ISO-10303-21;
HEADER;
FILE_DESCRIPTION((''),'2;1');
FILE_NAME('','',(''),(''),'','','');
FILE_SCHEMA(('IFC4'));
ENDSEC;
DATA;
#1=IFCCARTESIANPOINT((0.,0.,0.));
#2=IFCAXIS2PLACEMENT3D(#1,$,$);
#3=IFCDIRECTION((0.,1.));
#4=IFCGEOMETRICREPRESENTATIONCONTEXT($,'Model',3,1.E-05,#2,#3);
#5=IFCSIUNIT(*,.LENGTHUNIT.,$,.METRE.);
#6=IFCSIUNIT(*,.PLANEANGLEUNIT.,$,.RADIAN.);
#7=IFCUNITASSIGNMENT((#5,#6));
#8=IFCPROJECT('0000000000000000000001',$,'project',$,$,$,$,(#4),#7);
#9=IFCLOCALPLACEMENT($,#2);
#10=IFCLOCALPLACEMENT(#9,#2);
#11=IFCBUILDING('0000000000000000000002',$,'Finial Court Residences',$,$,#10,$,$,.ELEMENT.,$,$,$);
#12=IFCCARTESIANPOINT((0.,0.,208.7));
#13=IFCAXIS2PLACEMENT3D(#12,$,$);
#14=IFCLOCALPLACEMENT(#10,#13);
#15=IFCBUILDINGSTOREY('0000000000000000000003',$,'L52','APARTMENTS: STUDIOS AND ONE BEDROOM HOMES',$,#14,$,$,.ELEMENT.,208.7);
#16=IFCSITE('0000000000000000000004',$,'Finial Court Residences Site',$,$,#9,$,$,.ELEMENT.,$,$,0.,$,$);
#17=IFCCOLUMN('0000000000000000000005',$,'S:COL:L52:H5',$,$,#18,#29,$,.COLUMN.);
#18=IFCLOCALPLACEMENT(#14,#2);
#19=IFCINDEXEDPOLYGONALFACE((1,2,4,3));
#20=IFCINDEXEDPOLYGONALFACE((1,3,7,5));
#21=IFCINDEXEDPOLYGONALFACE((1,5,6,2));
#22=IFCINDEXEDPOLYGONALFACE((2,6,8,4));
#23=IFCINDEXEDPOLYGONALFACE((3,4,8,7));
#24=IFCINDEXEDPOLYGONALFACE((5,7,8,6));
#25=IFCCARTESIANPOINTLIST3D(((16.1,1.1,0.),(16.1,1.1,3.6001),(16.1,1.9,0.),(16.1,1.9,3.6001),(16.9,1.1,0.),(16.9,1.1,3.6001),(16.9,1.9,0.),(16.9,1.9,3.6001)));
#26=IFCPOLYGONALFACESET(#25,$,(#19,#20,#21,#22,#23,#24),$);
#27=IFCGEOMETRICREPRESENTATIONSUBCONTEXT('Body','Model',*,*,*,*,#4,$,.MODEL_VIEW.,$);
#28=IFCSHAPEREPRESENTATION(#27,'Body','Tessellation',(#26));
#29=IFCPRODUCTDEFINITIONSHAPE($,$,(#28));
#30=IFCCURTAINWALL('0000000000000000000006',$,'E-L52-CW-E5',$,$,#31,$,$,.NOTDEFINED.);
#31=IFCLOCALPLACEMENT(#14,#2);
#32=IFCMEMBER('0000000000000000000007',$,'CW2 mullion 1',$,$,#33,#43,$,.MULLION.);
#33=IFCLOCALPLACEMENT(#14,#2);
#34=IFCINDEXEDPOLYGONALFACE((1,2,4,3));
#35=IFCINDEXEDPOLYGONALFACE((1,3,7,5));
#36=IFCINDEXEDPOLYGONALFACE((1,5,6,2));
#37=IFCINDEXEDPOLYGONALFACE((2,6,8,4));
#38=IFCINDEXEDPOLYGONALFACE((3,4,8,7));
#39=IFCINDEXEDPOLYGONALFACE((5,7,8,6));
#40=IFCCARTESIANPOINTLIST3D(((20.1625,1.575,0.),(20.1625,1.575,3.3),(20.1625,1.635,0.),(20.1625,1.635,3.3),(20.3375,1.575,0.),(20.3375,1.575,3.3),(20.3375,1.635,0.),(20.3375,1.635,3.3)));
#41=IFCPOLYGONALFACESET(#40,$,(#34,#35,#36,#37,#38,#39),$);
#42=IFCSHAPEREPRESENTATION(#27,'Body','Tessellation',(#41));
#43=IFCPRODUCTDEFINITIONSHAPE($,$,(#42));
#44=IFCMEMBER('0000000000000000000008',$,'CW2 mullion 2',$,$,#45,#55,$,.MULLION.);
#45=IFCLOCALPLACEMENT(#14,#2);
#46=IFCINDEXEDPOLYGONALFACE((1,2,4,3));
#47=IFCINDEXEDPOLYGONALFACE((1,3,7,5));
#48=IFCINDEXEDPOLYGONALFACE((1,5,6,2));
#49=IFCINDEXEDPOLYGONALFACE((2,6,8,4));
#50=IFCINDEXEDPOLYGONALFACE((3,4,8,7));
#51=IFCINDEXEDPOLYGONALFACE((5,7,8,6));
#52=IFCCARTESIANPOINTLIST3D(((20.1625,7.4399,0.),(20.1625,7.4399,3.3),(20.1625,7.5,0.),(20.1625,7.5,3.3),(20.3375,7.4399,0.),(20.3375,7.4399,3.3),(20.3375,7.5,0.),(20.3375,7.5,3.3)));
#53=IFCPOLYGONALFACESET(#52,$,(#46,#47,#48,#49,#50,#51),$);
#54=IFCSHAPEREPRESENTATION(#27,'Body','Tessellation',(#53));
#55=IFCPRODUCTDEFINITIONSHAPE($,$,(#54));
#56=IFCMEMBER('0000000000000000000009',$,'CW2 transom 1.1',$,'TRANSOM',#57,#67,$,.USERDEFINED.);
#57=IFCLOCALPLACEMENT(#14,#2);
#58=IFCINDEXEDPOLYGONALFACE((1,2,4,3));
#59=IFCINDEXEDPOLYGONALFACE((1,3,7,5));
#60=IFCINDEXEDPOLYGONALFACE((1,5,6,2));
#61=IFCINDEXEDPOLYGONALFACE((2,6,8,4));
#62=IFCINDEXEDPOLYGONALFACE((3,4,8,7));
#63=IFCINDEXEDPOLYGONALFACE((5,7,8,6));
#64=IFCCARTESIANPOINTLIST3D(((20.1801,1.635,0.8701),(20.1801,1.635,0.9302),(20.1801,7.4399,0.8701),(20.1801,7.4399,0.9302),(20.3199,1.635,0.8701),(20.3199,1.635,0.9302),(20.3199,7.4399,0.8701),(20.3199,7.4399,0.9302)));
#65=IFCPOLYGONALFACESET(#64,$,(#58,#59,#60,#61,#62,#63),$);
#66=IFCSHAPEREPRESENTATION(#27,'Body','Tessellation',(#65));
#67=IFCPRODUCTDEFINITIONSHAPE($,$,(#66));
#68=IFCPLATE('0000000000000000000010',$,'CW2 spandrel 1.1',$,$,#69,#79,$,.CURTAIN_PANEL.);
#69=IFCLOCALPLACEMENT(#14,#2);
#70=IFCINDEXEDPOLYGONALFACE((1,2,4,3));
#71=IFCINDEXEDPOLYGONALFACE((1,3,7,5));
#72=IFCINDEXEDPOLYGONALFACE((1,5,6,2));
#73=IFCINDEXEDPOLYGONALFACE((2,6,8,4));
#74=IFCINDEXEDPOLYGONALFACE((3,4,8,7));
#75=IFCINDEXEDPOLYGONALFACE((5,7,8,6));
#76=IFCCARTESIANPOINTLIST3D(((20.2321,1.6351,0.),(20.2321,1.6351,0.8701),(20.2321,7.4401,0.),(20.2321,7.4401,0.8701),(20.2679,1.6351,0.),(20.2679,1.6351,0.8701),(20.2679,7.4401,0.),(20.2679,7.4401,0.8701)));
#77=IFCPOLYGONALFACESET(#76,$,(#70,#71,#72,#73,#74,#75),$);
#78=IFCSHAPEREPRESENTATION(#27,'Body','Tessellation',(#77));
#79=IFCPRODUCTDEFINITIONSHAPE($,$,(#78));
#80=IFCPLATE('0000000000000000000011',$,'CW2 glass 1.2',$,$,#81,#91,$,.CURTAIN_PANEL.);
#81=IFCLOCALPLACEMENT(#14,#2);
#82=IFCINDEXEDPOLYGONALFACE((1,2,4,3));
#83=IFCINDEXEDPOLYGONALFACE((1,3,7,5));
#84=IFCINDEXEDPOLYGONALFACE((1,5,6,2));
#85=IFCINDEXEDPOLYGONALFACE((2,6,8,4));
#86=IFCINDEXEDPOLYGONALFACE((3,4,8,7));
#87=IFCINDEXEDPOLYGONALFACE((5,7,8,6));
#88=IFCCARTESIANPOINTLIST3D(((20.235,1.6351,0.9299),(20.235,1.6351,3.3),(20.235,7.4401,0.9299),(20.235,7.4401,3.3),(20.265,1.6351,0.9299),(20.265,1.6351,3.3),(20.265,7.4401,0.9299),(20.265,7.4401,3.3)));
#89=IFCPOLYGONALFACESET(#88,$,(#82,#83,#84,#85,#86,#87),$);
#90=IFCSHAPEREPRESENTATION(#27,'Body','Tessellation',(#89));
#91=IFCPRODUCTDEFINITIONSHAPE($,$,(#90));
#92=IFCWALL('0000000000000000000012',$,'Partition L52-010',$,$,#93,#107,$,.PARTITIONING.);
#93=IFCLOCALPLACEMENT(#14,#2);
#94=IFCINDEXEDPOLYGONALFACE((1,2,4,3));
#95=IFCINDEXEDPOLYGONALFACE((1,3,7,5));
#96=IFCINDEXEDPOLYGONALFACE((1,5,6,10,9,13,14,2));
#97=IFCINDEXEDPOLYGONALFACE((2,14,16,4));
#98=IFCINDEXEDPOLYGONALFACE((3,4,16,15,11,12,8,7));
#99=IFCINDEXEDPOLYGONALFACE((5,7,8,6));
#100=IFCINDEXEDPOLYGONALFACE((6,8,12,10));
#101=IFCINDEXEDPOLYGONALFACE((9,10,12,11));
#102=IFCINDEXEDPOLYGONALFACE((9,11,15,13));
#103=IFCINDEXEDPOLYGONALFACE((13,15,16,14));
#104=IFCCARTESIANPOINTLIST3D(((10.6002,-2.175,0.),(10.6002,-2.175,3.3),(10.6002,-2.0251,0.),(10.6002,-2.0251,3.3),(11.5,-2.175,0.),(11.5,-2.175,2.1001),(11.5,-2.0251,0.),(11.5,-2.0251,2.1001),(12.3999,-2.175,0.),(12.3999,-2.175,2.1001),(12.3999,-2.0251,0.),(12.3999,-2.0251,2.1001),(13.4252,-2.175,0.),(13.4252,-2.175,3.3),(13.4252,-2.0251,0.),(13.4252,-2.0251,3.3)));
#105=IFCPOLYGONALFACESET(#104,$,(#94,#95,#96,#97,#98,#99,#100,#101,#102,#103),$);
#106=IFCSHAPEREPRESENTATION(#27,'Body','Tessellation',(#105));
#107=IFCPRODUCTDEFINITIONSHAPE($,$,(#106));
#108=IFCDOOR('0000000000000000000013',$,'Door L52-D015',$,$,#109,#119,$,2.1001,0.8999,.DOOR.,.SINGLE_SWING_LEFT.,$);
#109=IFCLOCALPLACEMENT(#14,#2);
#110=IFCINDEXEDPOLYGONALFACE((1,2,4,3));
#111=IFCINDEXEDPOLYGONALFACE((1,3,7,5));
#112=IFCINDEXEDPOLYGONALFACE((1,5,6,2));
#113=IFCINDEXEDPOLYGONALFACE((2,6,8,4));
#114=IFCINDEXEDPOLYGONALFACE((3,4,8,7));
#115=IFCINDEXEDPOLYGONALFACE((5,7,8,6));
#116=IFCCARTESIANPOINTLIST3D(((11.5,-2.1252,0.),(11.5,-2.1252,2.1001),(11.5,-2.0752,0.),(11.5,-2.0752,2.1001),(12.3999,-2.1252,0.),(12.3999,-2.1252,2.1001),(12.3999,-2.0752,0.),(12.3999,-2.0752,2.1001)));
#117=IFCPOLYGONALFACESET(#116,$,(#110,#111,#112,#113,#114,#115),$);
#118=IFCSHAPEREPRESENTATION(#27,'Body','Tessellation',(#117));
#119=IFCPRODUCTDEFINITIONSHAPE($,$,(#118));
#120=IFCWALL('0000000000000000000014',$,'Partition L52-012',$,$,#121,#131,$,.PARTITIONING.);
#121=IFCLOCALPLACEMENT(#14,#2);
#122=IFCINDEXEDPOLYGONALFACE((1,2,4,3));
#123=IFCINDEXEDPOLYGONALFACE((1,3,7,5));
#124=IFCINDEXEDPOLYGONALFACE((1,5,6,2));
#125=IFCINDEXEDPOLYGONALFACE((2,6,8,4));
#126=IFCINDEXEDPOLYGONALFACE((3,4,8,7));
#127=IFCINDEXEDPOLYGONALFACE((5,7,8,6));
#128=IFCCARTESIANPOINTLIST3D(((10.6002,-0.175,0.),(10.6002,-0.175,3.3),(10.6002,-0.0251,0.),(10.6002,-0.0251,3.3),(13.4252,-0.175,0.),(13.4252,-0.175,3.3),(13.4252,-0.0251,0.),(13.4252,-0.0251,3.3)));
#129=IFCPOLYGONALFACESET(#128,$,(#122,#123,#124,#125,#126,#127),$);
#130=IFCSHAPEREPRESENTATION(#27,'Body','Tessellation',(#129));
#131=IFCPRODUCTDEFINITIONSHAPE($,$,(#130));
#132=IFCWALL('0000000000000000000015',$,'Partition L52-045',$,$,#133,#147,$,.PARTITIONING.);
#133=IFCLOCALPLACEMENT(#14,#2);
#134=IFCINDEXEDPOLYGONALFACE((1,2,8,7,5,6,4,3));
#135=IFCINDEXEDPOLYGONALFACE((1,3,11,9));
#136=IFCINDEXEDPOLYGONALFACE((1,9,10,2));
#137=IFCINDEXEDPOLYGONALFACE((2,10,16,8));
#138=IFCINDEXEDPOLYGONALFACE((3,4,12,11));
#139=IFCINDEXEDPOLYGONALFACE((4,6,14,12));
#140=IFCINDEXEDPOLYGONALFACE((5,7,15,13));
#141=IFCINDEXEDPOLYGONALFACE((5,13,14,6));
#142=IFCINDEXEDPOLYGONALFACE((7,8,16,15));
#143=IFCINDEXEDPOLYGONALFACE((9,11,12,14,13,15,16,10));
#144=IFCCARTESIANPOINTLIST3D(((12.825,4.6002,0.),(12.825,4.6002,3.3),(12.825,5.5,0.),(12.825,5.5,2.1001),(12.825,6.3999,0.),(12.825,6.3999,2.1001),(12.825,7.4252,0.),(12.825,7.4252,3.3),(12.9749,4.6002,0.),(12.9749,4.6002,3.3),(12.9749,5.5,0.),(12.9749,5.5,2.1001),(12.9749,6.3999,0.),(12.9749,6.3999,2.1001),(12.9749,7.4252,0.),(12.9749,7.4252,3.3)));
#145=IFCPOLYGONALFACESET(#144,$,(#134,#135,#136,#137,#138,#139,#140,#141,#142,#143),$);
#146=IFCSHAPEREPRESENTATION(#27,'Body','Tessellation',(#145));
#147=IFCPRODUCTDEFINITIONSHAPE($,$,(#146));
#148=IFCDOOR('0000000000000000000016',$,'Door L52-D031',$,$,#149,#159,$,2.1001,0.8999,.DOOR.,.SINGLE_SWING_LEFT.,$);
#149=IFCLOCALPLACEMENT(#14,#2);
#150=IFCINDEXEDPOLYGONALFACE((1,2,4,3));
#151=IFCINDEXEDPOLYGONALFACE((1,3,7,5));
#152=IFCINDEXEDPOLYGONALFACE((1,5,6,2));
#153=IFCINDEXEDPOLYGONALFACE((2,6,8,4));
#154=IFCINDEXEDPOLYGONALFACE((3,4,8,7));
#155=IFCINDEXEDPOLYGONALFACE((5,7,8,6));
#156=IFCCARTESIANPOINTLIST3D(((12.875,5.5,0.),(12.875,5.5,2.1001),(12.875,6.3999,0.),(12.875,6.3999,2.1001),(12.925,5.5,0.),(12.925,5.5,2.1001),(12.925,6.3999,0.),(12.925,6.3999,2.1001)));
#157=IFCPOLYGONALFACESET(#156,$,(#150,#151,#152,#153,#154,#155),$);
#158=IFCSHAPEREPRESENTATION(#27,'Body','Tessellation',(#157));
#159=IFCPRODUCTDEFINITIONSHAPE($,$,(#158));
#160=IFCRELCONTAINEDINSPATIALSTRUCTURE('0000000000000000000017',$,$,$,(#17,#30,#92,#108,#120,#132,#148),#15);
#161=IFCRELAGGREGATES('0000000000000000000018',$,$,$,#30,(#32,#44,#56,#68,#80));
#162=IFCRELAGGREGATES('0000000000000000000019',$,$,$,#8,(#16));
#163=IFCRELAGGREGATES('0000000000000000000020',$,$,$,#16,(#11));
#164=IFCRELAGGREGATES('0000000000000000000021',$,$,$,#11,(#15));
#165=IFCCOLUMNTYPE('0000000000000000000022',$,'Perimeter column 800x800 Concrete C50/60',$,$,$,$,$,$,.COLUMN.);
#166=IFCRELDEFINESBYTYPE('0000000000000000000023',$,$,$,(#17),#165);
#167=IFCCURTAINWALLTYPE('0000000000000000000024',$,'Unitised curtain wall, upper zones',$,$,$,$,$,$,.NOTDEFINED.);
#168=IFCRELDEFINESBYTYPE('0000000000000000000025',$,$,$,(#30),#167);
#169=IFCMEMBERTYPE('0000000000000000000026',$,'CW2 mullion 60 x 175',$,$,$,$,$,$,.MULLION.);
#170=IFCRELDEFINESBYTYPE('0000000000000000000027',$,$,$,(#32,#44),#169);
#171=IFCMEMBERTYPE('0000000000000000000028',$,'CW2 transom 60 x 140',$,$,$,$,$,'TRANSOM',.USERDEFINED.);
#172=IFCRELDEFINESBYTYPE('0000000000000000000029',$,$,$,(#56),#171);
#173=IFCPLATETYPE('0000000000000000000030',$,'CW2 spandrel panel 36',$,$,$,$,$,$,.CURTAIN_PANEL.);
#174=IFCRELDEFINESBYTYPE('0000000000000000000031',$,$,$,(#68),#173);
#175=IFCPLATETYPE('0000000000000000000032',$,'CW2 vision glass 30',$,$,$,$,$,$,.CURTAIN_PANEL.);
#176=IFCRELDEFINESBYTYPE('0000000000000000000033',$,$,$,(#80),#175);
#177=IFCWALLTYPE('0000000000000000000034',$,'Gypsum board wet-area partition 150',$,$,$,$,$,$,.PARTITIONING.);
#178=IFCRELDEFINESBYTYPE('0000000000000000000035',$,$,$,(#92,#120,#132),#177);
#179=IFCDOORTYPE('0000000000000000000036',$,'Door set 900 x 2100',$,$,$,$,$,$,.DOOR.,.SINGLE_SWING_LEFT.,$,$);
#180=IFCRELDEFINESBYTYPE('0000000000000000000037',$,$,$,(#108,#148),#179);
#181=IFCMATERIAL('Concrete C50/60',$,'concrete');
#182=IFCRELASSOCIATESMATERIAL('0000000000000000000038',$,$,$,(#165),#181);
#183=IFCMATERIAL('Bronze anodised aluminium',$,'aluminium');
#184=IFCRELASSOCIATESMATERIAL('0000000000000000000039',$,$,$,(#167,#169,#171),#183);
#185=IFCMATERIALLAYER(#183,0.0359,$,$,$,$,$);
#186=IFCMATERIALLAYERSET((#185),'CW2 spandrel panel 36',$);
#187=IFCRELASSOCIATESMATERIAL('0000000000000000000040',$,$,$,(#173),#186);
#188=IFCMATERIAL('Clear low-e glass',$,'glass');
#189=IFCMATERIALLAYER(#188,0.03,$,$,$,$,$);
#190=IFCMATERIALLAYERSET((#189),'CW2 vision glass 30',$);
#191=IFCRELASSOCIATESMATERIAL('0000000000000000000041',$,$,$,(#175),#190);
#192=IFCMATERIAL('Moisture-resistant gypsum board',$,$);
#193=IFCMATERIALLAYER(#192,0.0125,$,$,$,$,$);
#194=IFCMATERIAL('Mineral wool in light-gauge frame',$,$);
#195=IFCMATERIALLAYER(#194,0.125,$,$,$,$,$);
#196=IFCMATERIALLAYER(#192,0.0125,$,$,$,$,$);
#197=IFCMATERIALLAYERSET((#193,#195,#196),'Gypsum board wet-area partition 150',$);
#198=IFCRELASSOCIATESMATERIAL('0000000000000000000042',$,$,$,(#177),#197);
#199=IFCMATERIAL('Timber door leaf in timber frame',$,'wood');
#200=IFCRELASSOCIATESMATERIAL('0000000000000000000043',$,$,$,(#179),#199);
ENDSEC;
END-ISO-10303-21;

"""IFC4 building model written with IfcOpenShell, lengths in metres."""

from ifc_helpers import new_model, si_unit, direction, frame, frame_2d, origin, origin_2d, place, context, subcontext, project, spatial, rectangle, extrude, material, layer, layer_set, material_profile, profile_set, type_object, element, fill, aggregate, save


model = new_model("IFC4")

# Units and contexts
model_context = context("Model", 3, precision=1e-05, world=origin(), true_north=direction((0.0, 1.0)))
body_context = subcontext(model_context, "Body", "Model", "MODEL_VIEW")
ifc_project = project(units=[si_unit("LENGTHUNIT", "METRE"), si_unit("PLANEANGLEUNIT", "RADIAN")], contexts=[model_context])

# Site, building, storey
site_placement = place(None, origin())
site = spatial("IfcSite", under=ifc_project, at=site_placement, Name="Finial Court Residences Site", CompositionType="ELEMENT", RefElevation=0.0)
building_placement = place(site_placement, origin())
building = spatial("IfcBuilding", under=site, at=building_placement, Name="Finial Court Residences", CompositionType="ELEMENT")
storey_placement = place(building_placement, frame((0.0, 0.0, 208.7)))
storey = spatial("IfcBuildingStorey", under=building, at=storey_placement, Name="L52", Description="APARTMENTS: STUDIOS AND ONE BEDROOM HOMES", CompositionType="ELEMENT", Elevation=208.7)

# Column
ifc_material_1 = material(Name="Concrete C50/60", Category="concrete")
ifc_material_profile_1 = material_profile(ifc_material_1, rectangle(XDim=0.8, YDim=0.8, at=origin_2d()), Name="800x800")
ifc_profile_set_1 = profile_set([ifc_material_profile_1], Name="Concrete C50/60")
column_type = type_object("IfcColumnType", Name="Perimeter column 800x800 Concrete C50/60", PredefinedType="COLUMN", material=ifc_profile_set_1)
column_placement = place(storey_placement, frame((16.5, 1.5, 0.0), z_axis=(0.0, 0.0, 1.0), x_axis=(1.0, 0.0, 0.0)))
element("IfcColumn", 1, at=column_placement, inside=storey, type_object=column_type, Name="S:COL:L52:H5", PredefinedType="COLUMN", context=body_context, shape_type="SweptSolid", body=[
    extrude(rectangle(XDim=0.8, YDim=0.8, at=origin_2d()), origin(), (0.0, 0.0, 1.0), 3.6001),
])

# Curtain wall, members, plates
ifc_material_2 = material(Name="Bronze anodised aluminium", Category="aluminium")
curtain_wall_type = type_object("IfcCurtainWallType", Name="Unitised curtain wall, upper zones", PredefinedType="NOTDEFINED", material=ifc_material_2)
curtain_wall_placement = place(storey_placement, origin())
curtain_wall = element("IfcCurtainWall", 2, at=curtain_wall_placement, inside=storey, type_object=curtain_wall_type, Name="E-L52-CW-E5", PredefinedType="NOTDEFINED")
ifc_material_profile_2 = material_profile(ifc_material_2, rectangle(XDim=0.175, YDim=0.0601, at=origin_2d()), Name="CW2 mullion 60 x 175")
ifc_profile_set_2 = profile_set([ifc_material_profile_2], Name="Bronze anodised aluminium")
member_type_1 = type_object("IfcMemberType", Name="CW2 mullion 60 x 175", PredefinedType="MULLION", material=ifc_profile_set_2)
member_1_placement = place(storey_placement, frame((20.25, 1.605, 0.0), z_axis=(0.0, 0.0, 1.0), x_axis=(-1.0, 0.0, 0.0)))
member_1 = element("IfcMember", 3, at=member_1_placement, type_object=member_type_1, Name="CW2 mullion 1", PredefinedType="MULLION", context=body_context, shape_type="SweptSolid", body=[
    extrude(rectangle(XDim=0.175, YDim=0.0601, at=origin_2d()), origin(), (0.0, 0.0, 1.0), 3.3),
])
member_2_placement = place(storey_placement, frame((20.25, 7.47, 0.0), z_axis=(0.0, 0.0, 1.0), x_axis=(-1.0, 0.0, 0.0)))
member_2 = element("IfcMember", 4, at=member_2_placement, type_object=member_type_1, Name="CW2 mullion 2", PredefinedType="MULLION", context=body_context, shape_type="SweptSolid", body=[
    extrude(rectangle(XDim=0.175, YDim=0.0601, at=origin_2d()), origin(), (0.0, 0.0, 1.0), 3.3),
])
ifc_material_profile_3 = material_profile(ifc_material_2, rectangle(XDim=0.1399, YDim=0.0601, at=origin_2d()), Name="CW2 transom 60 x 140")
ifc_profile_set_3 = profile_set([ifc_material_profile_3], Name="Bronze anodised aluminium")
member_type_2 = type_object("IfcMemberType", Name="CW2 transom 60 x 140", ElementType="TRANSOM", PredefinedType="USERDEFINED", material=ifc_profile_set_3)
member_3_placement = place(storey_placement, frame((20.25, 1.635, 0.9001), z_axis=(0.0, 1.0, 0.0), x_axis=(-1.0, 0.0, 0.0)))
member_3 = element("IfcMember", 5, at=member_3_placement, type_object=member_type_2, Name="CW2 transom 1.1", ObjectType="TRANSOM", PredefinedType="USERDEFINED", context=body_context, shape_type="SweptSolid", body=[
    extrude(rectangle(XDim=0.1399, YDim=0.0601, at=origin_2d()), origin(), (0.0, 0.0, 1.0), 5.8049),
])
ifc_layer_1 = layer(ifc_material_2, 0.0359)
ifc_layer_set_1 = layer_set([ifc_layer_1], Name="CW2 spandrel panel 36")
plate_type_1 = type_object("IfcPlateType", Name="CW2 spandrel panel 36", PredefinedType="CURTAIN_PANEL", material=ifc_layer_set_1)
plate_1_placement = place(storey_placement, frame((20.25, 4.5376, 0.0), z_axis=(0.0, 0.0, 1.0), x_axis=(0.0, 1.0, 0.0)))
plate_1 = element("IfcPlate", 6, at=plate_1_placement, type_object=plate_type_1, Name="CW2 spandrel 1.1", PredefinedType="CURTAIN_PANEL", context=body_context, shape_type="SweptSolid", body=[
    extrude(rectangle(XDim=5.8049, YDim=0.0359, at=origin_2d()), origin(), (0.0, 0.0, 1.0), 0.8701),
])
ifc_material_3 = material(Name="Clear low-e glass", Category="glass")
ifc_layer_2 = layer(ifc_material_3, 0.03)
ifc_layer_set_2 = layer_set([ifc_layer_2], Name="CW2 vision glass 30")
plate_type_2 = type_object("IfcPlateType", Name="CW2 vision glass 30", PredefinedType="CURTAIN_PANEL", material=ifc_layer_set_2)
plate_2_placement = place(storey_placement, frame((20.25, 4.5376, 0.9299), z_axis=(0.0, 0.0, 1.0), x_axis=(0.0, 1.0, 0.0)))
plate_2 = element("IfcPlate", 7, at=plate_2_placement, type_object=plate_type_2, Name="CW2 glass 1.2", PredefinedType="CURTAIN_PANEL", context=body_context, shape_type="SweptSolid", body=[
    extrude(rectangle(XDim=5.8049, YDim=0.03, at=origin_2d()), origin(), (0.0, 0.0, 1.0), 2.3701),
])
aggregate(curtain_wall, [member_1, member_2, member_3, plate_1, plate_2])

# Wall, opening, door
ifc_material_4 = material(Name="Moisture-resistant gypsum board")
ifc_layer_3 = layer(ifc_material_4, 0.0125)
ifc_material_5 = material(Name="Mineral wool in light-gauge frame")
ifc_layer_4 = layer(ifc_material_5, 0.125)
ifc_layer_5 = layer(ifc_material_4, 0.0125)
ifc_layer_set_3 = layer_set([ifc_layer_3, ifc_layer_4, ifc_layer_5], Name="Gypsum board wet-area partition 150")
wall_type_1 = type_object("IfcWallType", Name="Gypsum board wet-area partition 150", PredefinedType="PARTITIONING", material=ifc_layer_set_3)
wall_1_placement = place(storey_placement, frame((10.6001, -2.1001, 0.0), z_axis=(0.0, 0.0, 1.0), x_axis=(1.0, 0.0, 0.0)))
wall_1 = element("IfcWall", 8, at=wall_1_placement, inside=storey, type_object=wall_type_1, Name="Partition L52-010", PredefinedType="PARTITIONING", context=body_context, shape_type="SweptSolid", body=[
    extrude(rectangle(XDim=2.825, YDim=0.1499, at=frame_2d((1.4126, 0.0))), origin(), (0.0, 0.0, 1.0), 3.3),
])
opening_1_placement = place(wall_1_placement, frame((0.8999, 0.0, 0.0)))
opening_1 = element("IfcOpeningElement", 9, at=opening_1_placement, cuts=wall_1, PredefinedType="OPENING", context=body_context, shape_type="SweptSolid", body=[
    extrude(rectangle(XDim=0.8999, YDim=2.1001, at=frame_2d((0.45, 1.05))), frame((0.0, 0.085, 0.0), z_axis=(0.0, -1.0, 0.0), x_axis=(1.0, 0.0, 0.0)), (0.0, 0.0, 1.0), 0.1699),
])
ifc_material_6 = material(Name="Timber door leaf in timber frame", Category="wood")
door_type_1 = type_object("IfcDoorType", Name="Door set 900 x 2100", OperationType="SINGLE_SWING_LEFT", PredefinedType="DOOR", material=ifc_material_6)
door_1_placement = place(opening_1_placement, origin())
door_1 = element("IfcDoor", 10, at=door_1_placement, inside=storey, type_object=door_type_1, Name="Door L52-D015", OperationType="SINGLE_SWING_LEFT", OverallHeight=2.1001, OverallWidth=0.8999, PredefinedType="DOOR", context=body_context, shape_type="SweptSolid", body=[
    extrude(rectangle(XDim=0.8999, YDim=2.1001, at=frame_2d((0.45, 1.05))), frame((0.0, 0.0249, 0.0), z_axis=(0.0, -1.0, 0.0), x_axis=(1.0, 0.0, 0.0)), (0.0, 0.0, 1.0), 0.05),
])
fill(opening_1, door_1)

# Wall
wall_2_placement = place(storey_placement, frame((10.6001, -0.1001, 0.0), z_axis=(0.0, 0.0, 1.0), x_axis=(1.0, 0.0, 0.0)))
element("IfcWall", 11, at=wall_2_placement, inside=storey, type_object=wall_type_1, Name="Partition L52-012", PredefinedType="PARTITIONING", context=body_context, shape_type="SweptSolid", body=[
    extrude(rectangle(XDim=2.825, YDim=0.1499, at=frame_2d((1.4126, 0.0))), origin(), (0.0, 0.0, 1.0), 3.3),
])

# Wall, opening, door
wall_3_placement = place(storey_placement, frame((12.8999, 4.6001, 0.0), z_axis=(0.0, 0.0, 1.0), x_axis=(0.0, 1.0, 0.0)))
wall_3 = element("IfcWall", 12, at=wall_3_placement, inside=storey, type_object=wall_type_1, Name="Partition L52-045", PredefinedType="PARTITIONING", context=body_context, shape_type="SweptSolid", body=[
    extrude(rectangle(XDim=2.825, YDim=0.1499, at=frame_2d((1.4126, 0.0))), origin(), (0.0, 0.0, 1.0), 3.3),
])
opening_2_placement = place(wall_3_placement, frame((0.8999, 0.0, 0.0)))
opening_2 = element("IfcOpeningElement", 13, at=opening_2_placement, cuts=wall_3, PredefinedType="OPENING", context=body_context, shape_type="SweptSolid", body=[
    extrude(rectangle(XDim=0.8999, YDim=2.1001, at=frame_2d((0.45, 1.05))), frame((0.0, 0.085, 0.0), z_axis=(0.0, -1.0, 0.0), x_axis=(1.0, 0.0, 0.0)), (0.0, 0.0, 1.0), 0.1699),
])
door_2_placement = place(opening_2_placement, origin())
door_2 = element("IfcDoor", 14, at=door_2_placement, inside=storey, type_object=door_type_1, Name="Door L52-D031", OperationType="SINGLE_SWING_LEFT", OverallHeight=2.1001, OverallWidth=0.8999, PredefinedType="DOOR", context=body_context, shape_type="SweptSolid", body=[
    extrude(rectangle(XDim=0.8999, YDim=2.1001, at=frame_2d((0.45, 1.05))), frame((0.0, 0.0249, 0.0), z_axis=(0.0, -1.0, 0.0), x_axis=(1.0, 0.0, 0.0)), (0.0, 0.0, 1.0), 0.05),
])
fill(opening_2, door_2)

save(model, "model.ifc")
